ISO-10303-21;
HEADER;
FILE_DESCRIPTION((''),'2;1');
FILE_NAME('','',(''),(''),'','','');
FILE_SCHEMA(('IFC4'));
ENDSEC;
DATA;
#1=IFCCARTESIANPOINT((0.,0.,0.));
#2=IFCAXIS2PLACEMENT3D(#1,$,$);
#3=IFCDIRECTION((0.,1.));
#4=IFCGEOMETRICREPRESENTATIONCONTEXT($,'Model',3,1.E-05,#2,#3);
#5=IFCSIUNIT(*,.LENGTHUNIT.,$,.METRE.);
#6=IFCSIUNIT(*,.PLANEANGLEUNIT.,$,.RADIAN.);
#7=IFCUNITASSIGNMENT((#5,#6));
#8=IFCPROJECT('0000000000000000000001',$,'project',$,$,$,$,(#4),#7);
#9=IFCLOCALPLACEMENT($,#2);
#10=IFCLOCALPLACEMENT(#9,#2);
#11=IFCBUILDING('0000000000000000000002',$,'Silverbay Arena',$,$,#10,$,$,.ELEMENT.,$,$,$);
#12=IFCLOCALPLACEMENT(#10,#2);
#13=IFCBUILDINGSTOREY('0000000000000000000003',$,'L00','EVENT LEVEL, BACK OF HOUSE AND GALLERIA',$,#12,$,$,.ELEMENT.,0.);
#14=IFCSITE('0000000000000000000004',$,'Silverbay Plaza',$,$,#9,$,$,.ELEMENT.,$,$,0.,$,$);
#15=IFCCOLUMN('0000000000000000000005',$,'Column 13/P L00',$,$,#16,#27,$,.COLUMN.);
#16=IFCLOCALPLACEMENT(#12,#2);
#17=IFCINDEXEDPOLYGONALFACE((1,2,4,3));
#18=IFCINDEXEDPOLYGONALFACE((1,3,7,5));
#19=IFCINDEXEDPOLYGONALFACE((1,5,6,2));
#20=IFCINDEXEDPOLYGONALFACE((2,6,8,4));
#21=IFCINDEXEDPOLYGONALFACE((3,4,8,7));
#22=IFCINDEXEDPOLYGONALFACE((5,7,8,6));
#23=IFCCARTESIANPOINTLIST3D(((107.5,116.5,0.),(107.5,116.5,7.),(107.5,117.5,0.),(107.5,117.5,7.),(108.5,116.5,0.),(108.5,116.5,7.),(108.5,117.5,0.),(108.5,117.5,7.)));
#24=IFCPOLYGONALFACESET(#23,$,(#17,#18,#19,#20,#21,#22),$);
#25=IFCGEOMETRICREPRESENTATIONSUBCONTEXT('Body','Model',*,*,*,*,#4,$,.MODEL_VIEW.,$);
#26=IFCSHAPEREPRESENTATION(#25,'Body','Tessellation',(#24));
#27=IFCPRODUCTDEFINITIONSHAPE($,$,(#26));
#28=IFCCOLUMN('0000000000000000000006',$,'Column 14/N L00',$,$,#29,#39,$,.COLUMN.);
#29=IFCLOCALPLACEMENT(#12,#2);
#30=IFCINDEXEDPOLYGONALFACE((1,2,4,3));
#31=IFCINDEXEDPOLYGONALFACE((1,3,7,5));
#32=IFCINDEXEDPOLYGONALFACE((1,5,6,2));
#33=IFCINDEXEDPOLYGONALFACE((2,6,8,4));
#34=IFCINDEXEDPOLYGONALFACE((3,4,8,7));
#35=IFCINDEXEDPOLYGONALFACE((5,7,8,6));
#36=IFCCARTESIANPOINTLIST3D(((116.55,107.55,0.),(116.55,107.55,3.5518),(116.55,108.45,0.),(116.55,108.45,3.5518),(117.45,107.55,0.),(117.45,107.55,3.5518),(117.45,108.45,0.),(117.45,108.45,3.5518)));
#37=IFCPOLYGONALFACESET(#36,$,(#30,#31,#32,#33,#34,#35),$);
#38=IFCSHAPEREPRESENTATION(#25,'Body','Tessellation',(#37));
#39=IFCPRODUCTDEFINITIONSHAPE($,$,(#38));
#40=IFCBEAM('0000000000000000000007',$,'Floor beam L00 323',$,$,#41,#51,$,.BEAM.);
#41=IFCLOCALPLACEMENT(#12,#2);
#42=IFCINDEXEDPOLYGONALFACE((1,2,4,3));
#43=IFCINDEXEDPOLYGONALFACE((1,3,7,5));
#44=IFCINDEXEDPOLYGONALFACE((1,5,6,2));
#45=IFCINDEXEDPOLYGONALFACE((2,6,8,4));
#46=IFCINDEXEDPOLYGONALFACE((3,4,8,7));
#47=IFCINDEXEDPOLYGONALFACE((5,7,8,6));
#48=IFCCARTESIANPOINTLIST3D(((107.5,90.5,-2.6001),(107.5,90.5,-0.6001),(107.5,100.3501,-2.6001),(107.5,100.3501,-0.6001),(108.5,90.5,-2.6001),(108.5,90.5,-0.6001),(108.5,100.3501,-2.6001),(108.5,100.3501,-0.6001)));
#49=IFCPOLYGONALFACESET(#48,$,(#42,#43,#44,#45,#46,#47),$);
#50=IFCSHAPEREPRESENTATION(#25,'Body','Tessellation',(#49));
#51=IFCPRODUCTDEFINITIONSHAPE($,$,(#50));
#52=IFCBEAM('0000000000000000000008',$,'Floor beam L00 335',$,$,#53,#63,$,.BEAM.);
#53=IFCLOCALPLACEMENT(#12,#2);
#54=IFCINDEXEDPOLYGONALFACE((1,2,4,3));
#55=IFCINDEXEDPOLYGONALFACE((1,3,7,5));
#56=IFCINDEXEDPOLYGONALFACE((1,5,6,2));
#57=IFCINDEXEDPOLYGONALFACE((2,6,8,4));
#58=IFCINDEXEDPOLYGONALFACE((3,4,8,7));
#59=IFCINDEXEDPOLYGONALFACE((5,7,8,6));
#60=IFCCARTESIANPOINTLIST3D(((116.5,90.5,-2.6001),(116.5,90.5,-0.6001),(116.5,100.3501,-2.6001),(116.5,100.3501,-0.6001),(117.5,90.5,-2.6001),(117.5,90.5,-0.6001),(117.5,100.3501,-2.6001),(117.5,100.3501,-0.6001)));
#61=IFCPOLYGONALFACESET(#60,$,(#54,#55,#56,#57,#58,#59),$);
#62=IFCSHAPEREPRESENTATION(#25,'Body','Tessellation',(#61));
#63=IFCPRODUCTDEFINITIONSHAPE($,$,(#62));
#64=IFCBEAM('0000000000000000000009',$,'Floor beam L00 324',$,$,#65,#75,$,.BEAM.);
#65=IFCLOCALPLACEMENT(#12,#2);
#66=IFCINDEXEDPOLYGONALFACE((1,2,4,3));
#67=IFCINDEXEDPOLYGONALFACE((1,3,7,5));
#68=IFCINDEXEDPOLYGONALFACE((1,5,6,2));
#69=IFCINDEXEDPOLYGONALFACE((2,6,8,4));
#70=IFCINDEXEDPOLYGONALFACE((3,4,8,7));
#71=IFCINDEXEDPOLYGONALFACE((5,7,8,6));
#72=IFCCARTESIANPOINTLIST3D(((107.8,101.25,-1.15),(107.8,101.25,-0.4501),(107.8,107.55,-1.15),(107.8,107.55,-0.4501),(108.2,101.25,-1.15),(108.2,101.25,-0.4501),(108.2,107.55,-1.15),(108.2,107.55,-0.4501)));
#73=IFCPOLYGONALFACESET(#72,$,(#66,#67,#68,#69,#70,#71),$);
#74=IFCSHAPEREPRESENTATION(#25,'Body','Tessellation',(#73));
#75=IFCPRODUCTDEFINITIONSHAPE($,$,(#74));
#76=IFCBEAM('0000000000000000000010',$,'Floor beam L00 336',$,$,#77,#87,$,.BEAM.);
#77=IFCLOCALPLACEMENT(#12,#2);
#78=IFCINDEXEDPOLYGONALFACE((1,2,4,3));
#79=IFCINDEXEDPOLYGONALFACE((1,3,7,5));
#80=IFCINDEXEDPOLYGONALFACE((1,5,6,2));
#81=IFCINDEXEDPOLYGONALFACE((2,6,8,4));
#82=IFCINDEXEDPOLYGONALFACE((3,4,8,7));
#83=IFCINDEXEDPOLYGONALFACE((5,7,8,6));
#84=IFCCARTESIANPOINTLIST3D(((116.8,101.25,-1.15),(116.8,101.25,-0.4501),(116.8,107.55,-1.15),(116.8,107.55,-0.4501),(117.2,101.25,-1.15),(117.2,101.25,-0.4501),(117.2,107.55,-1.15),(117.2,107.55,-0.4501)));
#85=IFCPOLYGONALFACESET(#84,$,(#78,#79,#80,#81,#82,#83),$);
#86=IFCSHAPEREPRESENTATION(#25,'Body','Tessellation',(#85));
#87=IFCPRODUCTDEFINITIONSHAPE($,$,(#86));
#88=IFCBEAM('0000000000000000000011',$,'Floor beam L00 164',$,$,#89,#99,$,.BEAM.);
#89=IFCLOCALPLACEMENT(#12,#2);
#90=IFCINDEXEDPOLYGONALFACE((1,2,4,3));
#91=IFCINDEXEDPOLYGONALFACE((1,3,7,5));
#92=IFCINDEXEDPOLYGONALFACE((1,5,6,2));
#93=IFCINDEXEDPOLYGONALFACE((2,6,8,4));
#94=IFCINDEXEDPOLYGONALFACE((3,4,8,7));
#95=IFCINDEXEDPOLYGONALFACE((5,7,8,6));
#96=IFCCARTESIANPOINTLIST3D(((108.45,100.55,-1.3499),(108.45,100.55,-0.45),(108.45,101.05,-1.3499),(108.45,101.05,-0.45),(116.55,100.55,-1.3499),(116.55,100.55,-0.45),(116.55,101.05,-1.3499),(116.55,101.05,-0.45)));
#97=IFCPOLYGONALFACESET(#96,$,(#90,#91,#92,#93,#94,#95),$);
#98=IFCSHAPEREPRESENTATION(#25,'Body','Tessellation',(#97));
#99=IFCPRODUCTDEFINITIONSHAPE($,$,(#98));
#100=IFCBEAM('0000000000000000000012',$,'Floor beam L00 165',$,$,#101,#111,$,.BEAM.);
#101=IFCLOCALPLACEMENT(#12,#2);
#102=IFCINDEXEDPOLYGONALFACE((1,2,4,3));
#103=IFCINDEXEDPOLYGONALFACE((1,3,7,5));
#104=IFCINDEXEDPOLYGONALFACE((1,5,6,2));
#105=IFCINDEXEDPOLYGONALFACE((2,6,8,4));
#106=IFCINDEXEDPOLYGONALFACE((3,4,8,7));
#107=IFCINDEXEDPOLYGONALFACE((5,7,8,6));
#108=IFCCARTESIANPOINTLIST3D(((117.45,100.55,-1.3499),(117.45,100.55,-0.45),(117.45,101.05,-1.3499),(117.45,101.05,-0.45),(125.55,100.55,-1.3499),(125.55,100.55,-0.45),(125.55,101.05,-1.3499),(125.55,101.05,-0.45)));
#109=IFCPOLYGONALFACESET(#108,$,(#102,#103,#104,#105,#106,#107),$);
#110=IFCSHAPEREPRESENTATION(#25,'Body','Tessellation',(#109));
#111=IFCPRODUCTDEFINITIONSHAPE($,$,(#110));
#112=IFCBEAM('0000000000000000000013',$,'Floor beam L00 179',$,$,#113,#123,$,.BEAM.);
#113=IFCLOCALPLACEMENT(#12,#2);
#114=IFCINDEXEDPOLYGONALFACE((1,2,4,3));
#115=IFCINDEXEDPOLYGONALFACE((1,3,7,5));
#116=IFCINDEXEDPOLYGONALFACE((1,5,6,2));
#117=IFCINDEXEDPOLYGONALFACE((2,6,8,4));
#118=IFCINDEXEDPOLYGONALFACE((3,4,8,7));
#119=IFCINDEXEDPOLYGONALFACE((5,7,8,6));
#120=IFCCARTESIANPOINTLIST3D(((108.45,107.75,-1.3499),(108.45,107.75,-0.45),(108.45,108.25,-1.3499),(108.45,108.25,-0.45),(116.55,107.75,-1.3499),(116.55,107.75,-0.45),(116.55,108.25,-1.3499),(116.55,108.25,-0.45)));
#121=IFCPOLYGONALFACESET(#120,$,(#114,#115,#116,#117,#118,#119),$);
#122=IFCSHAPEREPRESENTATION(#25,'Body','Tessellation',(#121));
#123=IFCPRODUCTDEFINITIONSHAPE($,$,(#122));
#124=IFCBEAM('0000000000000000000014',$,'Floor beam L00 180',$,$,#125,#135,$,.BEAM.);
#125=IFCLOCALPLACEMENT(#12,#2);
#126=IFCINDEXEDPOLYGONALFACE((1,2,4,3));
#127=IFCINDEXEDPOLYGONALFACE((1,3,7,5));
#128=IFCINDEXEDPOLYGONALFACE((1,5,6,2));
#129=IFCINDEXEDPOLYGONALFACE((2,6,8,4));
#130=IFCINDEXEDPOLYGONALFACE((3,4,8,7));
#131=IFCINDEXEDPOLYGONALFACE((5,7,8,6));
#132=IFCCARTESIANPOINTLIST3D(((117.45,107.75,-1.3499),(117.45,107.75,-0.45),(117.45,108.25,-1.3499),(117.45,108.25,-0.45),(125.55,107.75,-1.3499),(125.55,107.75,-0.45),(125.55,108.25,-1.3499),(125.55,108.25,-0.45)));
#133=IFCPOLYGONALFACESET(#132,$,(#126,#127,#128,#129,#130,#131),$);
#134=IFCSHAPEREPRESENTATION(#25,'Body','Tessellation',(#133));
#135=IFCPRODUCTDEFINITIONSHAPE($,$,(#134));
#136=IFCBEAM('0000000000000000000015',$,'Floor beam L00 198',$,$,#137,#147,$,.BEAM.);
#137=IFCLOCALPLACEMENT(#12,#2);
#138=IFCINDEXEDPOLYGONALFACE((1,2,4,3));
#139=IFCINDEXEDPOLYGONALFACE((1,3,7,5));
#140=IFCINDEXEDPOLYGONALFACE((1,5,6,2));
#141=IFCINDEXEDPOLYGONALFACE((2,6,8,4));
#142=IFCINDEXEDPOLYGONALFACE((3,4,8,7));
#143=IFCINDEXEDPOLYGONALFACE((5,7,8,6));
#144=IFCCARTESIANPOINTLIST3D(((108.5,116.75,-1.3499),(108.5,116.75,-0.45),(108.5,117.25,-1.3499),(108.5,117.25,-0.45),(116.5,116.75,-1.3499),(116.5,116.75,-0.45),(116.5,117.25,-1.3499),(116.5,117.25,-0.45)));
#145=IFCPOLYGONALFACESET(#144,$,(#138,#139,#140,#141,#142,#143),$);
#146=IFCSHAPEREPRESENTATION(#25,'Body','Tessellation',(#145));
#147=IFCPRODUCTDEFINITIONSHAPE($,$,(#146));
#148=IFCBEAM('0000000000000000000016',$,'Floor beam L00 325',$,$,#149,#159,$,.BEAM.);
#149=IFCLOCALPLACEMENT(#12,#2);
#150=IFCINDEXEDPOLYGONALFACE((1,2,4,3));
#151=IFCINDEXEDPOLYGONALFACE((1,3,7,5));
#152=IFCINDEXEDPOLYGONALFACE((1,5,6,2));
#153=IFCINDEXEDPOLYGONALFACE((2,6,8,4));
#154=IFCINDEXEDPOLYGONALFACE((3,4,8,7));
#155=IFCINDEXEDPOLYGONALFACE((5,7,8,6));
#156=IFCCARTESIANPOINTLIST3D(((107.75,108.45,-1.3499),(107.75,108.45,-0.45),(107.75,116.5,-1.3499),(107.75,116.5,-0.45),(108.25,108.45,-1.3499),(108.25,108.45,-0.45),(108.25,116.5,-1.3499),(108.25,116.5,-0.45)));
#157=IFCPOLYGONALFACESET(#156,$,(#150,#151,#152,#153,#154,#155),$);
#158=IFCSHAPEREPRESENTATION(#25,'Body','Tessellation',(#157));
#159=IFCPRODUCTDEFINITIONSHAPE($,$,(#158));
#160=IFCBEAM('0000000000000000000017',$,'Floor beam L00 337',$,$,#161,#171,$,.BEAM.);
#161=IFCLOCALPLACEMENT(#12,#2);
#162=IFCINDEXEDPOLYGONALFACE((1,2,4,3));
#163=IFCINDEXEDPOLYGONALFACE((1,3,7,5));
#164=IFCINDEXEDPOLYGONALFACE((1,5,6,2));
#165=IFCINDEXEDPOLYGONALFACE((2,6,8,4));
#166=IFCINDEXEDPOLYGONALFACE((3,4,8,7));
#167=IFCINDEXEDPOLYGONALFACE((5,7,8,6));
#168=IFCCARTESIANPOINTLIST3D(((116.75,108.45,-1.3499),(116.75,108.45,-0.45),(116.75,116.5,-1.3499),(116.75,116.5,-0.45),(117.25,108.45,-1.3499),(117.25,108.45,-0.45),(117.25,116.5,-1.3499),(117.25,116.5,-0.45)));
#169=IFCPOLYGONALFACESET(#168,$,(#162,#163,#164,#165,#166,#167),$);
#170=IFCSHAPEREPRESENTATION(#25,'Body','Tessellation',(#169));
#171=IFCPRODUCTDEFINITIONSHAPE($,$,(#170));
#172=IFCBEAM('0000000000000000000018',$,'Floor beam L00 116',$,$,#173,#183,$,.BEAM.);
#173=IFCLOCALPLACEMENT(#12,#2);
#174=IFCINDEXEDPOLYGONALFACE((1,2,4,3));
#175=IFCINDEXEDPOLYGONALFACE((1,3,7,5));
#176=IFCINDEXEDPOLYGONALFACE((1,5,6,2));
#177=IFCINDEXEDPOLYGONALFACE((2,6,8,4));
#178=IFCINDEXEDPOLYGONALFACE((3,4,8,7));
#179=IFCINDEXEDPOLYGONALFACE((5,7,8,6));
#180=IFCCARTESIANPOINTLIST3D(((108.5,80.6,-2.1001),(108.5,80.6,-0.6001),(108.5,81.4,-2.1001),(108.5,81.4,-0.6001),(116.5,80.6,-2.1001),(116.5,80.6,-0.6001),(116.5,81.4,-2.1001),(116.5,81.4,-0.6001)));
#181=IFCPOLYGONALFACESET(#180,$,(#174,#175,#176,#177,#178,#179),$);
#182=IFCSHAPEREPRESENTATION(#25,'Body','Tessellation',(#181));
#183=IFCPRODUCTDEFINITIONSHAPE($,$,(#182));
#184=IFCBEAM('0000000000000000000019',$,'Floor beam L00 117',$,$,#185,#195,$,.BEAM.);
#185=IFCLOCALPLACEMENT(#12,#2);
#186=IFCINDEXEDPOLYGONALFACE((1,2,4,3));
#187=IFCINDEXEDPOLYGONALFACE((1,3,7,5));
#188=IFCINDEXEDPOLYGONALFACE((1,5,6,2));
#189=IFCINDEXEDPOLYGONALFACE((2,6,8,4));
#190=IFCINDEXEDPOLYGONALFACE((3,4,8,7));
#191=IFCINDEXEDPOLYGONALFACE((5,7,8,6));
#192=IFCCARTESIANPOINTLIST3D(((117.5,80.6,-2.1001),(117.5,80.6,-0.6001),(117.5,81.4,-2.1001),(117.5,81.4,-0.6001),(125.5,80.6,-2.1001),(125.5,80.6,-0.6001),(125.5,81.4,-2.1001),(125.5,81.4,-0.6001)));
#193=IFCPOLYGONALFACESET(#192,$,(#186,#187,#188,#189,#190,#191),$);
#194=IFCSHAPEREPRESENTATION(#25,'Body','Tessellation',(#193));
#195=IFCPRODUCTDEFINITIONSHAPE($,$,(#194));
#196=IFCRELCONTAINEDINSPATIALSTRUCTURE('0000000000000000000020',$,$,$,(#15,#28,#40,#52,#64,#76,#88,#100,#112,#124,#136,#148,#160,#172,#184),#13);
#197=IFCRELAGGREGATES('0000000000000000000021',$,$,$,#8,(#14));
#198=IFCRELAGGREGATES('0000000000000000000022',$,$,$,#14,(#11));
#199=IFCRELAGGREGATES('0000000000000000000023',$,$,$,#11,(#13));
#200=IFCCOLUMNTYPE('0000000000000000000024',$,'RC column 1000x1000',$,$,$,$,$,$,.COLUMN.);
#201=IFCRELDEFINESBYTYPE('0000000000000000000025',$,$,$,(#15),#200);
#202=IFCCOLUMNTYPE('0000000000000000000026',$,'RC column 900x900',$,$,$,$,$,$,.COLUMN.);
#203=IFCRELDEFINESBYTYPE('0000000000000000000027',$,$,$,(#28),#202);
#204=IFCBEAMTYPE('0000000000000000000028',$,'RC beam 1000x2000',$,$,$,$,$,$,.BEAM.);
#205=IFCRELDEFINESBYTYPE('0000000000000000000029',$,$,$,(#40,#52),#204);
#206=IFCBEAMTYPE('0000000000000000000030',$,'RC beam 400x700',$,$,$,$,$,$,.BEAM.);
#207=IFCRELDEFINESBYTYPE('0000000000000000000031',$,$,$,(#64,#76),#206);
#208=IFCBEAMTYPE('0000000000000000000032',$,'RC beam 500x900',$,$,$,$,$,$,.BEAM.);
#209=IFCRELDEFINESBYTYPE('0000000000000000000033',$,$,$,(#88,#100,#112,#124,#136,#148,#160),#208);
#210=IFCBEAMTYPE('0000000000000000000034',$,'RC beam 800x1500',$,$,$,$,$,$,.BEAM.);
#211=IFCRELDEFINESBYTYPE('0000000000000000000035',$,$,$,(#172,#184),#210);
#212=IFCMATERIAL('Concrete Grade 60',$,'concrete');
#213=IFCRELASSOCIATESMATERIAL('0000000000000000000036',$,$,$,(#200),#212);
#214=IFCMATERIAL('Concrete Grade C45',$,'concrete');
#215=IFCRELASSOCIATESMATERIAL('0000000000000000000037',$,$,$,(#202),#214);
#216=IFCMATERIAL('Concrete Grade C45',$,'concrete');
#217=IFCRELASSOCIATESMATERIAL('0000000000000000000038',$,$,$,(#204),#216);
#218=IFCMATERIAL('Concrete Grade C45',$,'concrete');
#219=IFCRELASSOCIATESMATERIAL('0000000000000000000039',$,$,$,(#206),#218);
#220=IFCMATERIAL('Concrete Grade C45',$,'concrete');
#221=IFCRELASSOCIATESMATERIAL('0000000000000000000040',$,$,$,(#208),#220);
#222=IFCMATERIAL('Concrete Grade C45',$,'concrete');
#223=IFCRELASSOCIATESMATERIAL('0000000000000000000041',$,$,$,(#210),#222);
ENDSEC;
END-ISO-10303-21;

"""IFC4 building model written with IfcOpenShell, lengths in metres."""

from ifc_helpers import new_model, si_unit, direction, frame, origin, origin_2d, place, context, subcontext, project, spatial, rectangle, extrude, material, material_profile, profile_set, type_object, element, save


model = new_model("IFC4")

# Units and contexts
model_context = context("Model", 3, precision=1e-05, world=origin(), true_north=direction((0.0, 1.0)))
body_context = subcontext(model_context, "Body", "Model", "MODEL_VIEW")
ifc_project = project(units=[si_unit("LENGTHUNIT", "METRE"), si_unit("PLANEANGLEUNIT", "RADIAN")], contexts=[model_context])

# Site, building, storey
site_placement = place(None, origin())
site = spatial("IfcSite", under=ifc_project, at=site_placement, Name="Silverbay Plaza", CompositionType="ELEMENT", RefElevation=0.0)
building_placement = place(site_placement, origin())
building = spatial("IfcBuilding", under=site, at=building_placement, Name="Silverbay Arena", CompositionType="ELEMENT")
storey_placement = place(building_placement, origin())
storey = spatial("IfcBuildingStorey", under=building, at=storey_placement, Name="L00", Description="EVENT LEVEL, BACK OF HOUSE AND GALLERIA", CompositionType="ELEMENT", Elevation=0.0)

# Columns
ifc_material_1 = material(Name="Concrete Grade 60", Category="concrete")
ifc_material_profile_1 = material_profile(ifc_material_1, rectangle(XDim=1.0, YDim=1.0, at=origin_2d()), Name="RC 1000x1000")
ifc_profile_set_1 = profile_set([ifc_material_profile_1], Name="Concrete Grade 60")
column_type_1 = type_object("IfcColumnType", Name="RC column 1000x1000", PredefinedType="COLUMN", material=ifc_profile_set_1)
column_1_placement = place(storey_placement, frame((108.0, 117.0, 0.0), z_axis=(0.0, 0.0, 1.0), x_axis=(1.0, 0.0, 0.0)))
element("IfcColumn", 1, at=column_1_placement, inside=storey, type_object=column_type_1, Name="Column 13/P L00", PredefinedType="COLUMN", context=body_context, shape_type="SweptSolid", body=[
    extrude(rectangle(XDim=1.0, YDim=1.0, at=origin_2d()), origin(), (0.0, 0.0, 1.0), 7.0),
])
ifc_material_2 = material(Name="Concrete Grade C45", Category="concrete")
ifc_material_profile_2 = material_profile(ifc_material_2, rectangle(XDim=0.8999, YDim=0.8999, at=origin_2d()), Name="RC 900x900")
ifc_profile_set_2 = profile_set([ifc_material_profile_2], Name="Concrete Grade C45")
column_type_2 = type_object("IfcColumnType", Name="RC column 900x900", PredefinedType="COLUMN", material=ifc_profile_set_2)
column_2_placement = place(storey_placement, frame((117.0, 108.0, 0.0), z_axis=(0.0, 0.0, 1.0), x_axis=(1.0, 0.0, 0.0)))
element("IfcColumn", 2, at=column_2_placement, inside=storey, type_object=column_type_2, Name="Column 14/N L00", PredefinedType="COLUMN", context=body_context, shape_type="SweptSolid", body=[
    extrude(rectangle(XDim=0.8999, YDim=0.8999, at=origin_2d()), origin(), (0.0, 0.0, 1.0), 3.5518),
])

# Beams
ifc_material_3 = material(Name="Concrete Grade C45", Category="concrete")
ifc_material_profile_3 = material_profile(ifc_material_3, rectangle(XDim=1.0, YDim=2.0, at=origin_2d()), Name="RC 1000x2000")
ifc_profile_set_3 = profile_set([ifc_material_profile_3], Name="Concrete Grade C45")
beam_type_1 = type_object("IfcBeamType", Name="RC beam 1000x2000", PredefinedType="BEAM", material=ifc_profile_set_3)
for number, where, z_axis, x_axis, name in (
    (3, (108.0, 90.5, -1.6001), (0.0, 1.0, 0.0), (-1.0, 0.0, 0.0), "Floor beam L00 323"),
    (4, (117.0, 90.5, -1.6001), (0.0, 1.0, 0.0), (-1.0, 0.0, 0.0), "Floor beam L00 335"),
):
    element("IfcBeam", number, at=place(storey_placement, frame(where, z_axis=z_axis, x_axis=x_axis)), inside=storey, type_object=beam_type_1, Name=name, PredefinedType="BEAM", context=body_context, shape_type="SweptSolid", body=[
        extrude(rectangle(XDim=1.0, YDim=2.0, at=origin_2d()), origin(), (0.0, 0.0, 1.0), 9.8501),
    ])
ifc_material_4 = material(Name="Concrete Grade C45", Category="concrete")
ifc_material_profile_4 = material_profile(ifc_material_4, rectangle(XDim=0.3999, YDim=0.7, at=origin_2d()), Name="RC 400x700")
ifc_profile_set_4 = profile_set([ifc_material_profile_4], Name="Concrete Grade C45")
beam_type_2 = type_object("IfcBeamType", Name="RC beam 400x700", PredefinedType="BEAM", material=ifc_profile_set_4)
for number, where, z_axis, x_axis, name in (
    (5, (108.0, 101.25, -0.8), (0.0, 1.0, 0.0), (-1.0, 0.0, 0.0), "Floor beam L00 324"),
    (6, (117.0, 101.25, -0.8), (0.0, 1.0, 0.0), (-1.0, 0.0, 0.0), "Floor beam L00 336"),
):
    element("IfcBeam", number, at=place(storey_placement, frame(where, z_axis=z_axis, x_axis=x_axis)), inside=storey, type_object=beam_type_2, Name=name, PredefinedType="BEAM", context=body_context, shape_type="SweptSolid", body=[
        extrude(rectangle(XDim=0.3999, YDim=0.7, at=origin_2d()), origin(), (0.0, 0.0, 1.0), 6.3),
    ])
ifc_material_5 = material(Name="Concrete Grade C45", Category="concrete")
ifc_material_profile_5 = material_profile(ifc_material_5, rectangle(XDim=0.5, YDim=0.8999, at=origin_2d()), Name="RC 500x900")
ifc_profile_set_5 = profile_set([ifc_material_profile_5], Name="Concrete Grade C45")
beam_type_3 = type_object("IfcBeamType", Name="RC beam 500x900", PredefinedType="BEAM", material=ifc_profile_set_5)
for number, where, z_axis, x_axis, name in (
    (7, (108.45, 100.8, -0.8999), (1.0, 0.0, 0.0), (0.0, 1.0, 0.0), "Floor beam L00 164"),
    (8, (117.45, 100.8, -0.8999), (1.0, 0.0, 0.0), (0.0, 1.0, 0.0), "Floor beam L00 165"),
    (9, (108.45, 108.0, -0.8999), (1.0, 0.0, 0.0), (0.0, 1.0, 0.0), "Floor beam L00 179"),
    (10, (117.45, 108.0, -0.8999), (1.0, 0.0, 0.0), (0.0, 1.0, 0.0), "Floor beam L00 180"),
):
    element("IfcBeam", number, at=place(storey_placement, frame(where, z_axis=z_axis, x_axis=x_axis)), inside=storey, type_object=beam_type_3, Name=name, PredefinedType="BEAM", context=body_context, shape_type="SweptSolid", body=[
        extrude(rectangle(XDim=0.5, YDim=0.8999, at=origin_2d()), origin(), (0.0, 0.0, 1.0), 8.1001),
    ])
beam_1_placement = place(storey_placement, frame((108.5, 117.0, -0.8999), z_axis=(1.0, 0.0, 0.0), x_axis=(0.0, 1.0, 0.0)))
element("IfcBeam", 11, at=beam_1_placement, inside=storey, type_object=beam_type_3, Name="Floor beam L00 198", PredefinedType="BEAM", context=body_context, shape_type="SweptSolid", body=[
    extrude(rectangle(XDim=0.5, YDim=0.8999, at=origin_2d()), origin(), (0.0, 0.0, 1.0), 8.0),
])
for number, where, z_axis, x_axis, name in (
    (12, (108.0, 108.45, -0.8999), (0.0, 1.0, 0.0), (-1.0, 0.0, 0.0), "Floor beam L00 325"),
    (13, (117.0, 108.45, -0.8999), (0.0, 1.0, 0.0), (-1.0, 0.0, 0.0), "Floor beam L00 337"),
):
    element("IfcBeam", number, at=place(storey_placement, frame(where, z_axis=z_axis, x_axis=x_axis)), inside=storey, type_object=beam_type_3, Name=name, PredefinedType="BEAM", context=body_context, shape_type="SweptSolid", body=[
        extrude(rectangle(XDim=0.5, YDim=0.8999, at=origin_2d()), origin(), (0.0, 0.0, 1.0), 8.05),
    ])
ifc_material_6 = material(Name="Concrete Grade C45", Category="concrete")
ifc_material_profile_6 = material_profile(ifc_material_6, rectangle(XDim=0.8, YDim=1.5, at=origin_2d()), Name="RC 800x1500")
ifc_profile_set_6 = profile_set([ifc_material_profile_6], Name="Concrete Grade C45")
beam_type_4 = type_object("IfcBeamType", Name="RC beam 800x1500", PredefinedType="BEAM", material=ifc_profile_set_6)
for number, where, z_axis, x_axis, name in (
    (14, (108.5, 81.0, -1.3501), (1.0, 0.0, 0.0), (0.0, 1.0, 0.0), "Floor beam L00 116"),
    (15, (117.5, 81.0, -1.3501), (1.0, 0.0, 0.0), (0.0, 1.0, 0.0), "Floor beam L00 117"),
):
    element("IfcBeam", number, at=place(storey_placement, frame(where, z_axis=z_axis, x_axis=x_axis)), inside=storey, type_object=beam_type_4, Name=name, PredefinedType="BEAM", context=body_context, shape_type="SweptSolid", body=[
        extrude(rectangle(XDim=0.8, YDim=1.5, at=origin_2d()), origin(), (0.0, 0.0, 1.0), 8.0),
    ])

save(model, "model.ifc")
